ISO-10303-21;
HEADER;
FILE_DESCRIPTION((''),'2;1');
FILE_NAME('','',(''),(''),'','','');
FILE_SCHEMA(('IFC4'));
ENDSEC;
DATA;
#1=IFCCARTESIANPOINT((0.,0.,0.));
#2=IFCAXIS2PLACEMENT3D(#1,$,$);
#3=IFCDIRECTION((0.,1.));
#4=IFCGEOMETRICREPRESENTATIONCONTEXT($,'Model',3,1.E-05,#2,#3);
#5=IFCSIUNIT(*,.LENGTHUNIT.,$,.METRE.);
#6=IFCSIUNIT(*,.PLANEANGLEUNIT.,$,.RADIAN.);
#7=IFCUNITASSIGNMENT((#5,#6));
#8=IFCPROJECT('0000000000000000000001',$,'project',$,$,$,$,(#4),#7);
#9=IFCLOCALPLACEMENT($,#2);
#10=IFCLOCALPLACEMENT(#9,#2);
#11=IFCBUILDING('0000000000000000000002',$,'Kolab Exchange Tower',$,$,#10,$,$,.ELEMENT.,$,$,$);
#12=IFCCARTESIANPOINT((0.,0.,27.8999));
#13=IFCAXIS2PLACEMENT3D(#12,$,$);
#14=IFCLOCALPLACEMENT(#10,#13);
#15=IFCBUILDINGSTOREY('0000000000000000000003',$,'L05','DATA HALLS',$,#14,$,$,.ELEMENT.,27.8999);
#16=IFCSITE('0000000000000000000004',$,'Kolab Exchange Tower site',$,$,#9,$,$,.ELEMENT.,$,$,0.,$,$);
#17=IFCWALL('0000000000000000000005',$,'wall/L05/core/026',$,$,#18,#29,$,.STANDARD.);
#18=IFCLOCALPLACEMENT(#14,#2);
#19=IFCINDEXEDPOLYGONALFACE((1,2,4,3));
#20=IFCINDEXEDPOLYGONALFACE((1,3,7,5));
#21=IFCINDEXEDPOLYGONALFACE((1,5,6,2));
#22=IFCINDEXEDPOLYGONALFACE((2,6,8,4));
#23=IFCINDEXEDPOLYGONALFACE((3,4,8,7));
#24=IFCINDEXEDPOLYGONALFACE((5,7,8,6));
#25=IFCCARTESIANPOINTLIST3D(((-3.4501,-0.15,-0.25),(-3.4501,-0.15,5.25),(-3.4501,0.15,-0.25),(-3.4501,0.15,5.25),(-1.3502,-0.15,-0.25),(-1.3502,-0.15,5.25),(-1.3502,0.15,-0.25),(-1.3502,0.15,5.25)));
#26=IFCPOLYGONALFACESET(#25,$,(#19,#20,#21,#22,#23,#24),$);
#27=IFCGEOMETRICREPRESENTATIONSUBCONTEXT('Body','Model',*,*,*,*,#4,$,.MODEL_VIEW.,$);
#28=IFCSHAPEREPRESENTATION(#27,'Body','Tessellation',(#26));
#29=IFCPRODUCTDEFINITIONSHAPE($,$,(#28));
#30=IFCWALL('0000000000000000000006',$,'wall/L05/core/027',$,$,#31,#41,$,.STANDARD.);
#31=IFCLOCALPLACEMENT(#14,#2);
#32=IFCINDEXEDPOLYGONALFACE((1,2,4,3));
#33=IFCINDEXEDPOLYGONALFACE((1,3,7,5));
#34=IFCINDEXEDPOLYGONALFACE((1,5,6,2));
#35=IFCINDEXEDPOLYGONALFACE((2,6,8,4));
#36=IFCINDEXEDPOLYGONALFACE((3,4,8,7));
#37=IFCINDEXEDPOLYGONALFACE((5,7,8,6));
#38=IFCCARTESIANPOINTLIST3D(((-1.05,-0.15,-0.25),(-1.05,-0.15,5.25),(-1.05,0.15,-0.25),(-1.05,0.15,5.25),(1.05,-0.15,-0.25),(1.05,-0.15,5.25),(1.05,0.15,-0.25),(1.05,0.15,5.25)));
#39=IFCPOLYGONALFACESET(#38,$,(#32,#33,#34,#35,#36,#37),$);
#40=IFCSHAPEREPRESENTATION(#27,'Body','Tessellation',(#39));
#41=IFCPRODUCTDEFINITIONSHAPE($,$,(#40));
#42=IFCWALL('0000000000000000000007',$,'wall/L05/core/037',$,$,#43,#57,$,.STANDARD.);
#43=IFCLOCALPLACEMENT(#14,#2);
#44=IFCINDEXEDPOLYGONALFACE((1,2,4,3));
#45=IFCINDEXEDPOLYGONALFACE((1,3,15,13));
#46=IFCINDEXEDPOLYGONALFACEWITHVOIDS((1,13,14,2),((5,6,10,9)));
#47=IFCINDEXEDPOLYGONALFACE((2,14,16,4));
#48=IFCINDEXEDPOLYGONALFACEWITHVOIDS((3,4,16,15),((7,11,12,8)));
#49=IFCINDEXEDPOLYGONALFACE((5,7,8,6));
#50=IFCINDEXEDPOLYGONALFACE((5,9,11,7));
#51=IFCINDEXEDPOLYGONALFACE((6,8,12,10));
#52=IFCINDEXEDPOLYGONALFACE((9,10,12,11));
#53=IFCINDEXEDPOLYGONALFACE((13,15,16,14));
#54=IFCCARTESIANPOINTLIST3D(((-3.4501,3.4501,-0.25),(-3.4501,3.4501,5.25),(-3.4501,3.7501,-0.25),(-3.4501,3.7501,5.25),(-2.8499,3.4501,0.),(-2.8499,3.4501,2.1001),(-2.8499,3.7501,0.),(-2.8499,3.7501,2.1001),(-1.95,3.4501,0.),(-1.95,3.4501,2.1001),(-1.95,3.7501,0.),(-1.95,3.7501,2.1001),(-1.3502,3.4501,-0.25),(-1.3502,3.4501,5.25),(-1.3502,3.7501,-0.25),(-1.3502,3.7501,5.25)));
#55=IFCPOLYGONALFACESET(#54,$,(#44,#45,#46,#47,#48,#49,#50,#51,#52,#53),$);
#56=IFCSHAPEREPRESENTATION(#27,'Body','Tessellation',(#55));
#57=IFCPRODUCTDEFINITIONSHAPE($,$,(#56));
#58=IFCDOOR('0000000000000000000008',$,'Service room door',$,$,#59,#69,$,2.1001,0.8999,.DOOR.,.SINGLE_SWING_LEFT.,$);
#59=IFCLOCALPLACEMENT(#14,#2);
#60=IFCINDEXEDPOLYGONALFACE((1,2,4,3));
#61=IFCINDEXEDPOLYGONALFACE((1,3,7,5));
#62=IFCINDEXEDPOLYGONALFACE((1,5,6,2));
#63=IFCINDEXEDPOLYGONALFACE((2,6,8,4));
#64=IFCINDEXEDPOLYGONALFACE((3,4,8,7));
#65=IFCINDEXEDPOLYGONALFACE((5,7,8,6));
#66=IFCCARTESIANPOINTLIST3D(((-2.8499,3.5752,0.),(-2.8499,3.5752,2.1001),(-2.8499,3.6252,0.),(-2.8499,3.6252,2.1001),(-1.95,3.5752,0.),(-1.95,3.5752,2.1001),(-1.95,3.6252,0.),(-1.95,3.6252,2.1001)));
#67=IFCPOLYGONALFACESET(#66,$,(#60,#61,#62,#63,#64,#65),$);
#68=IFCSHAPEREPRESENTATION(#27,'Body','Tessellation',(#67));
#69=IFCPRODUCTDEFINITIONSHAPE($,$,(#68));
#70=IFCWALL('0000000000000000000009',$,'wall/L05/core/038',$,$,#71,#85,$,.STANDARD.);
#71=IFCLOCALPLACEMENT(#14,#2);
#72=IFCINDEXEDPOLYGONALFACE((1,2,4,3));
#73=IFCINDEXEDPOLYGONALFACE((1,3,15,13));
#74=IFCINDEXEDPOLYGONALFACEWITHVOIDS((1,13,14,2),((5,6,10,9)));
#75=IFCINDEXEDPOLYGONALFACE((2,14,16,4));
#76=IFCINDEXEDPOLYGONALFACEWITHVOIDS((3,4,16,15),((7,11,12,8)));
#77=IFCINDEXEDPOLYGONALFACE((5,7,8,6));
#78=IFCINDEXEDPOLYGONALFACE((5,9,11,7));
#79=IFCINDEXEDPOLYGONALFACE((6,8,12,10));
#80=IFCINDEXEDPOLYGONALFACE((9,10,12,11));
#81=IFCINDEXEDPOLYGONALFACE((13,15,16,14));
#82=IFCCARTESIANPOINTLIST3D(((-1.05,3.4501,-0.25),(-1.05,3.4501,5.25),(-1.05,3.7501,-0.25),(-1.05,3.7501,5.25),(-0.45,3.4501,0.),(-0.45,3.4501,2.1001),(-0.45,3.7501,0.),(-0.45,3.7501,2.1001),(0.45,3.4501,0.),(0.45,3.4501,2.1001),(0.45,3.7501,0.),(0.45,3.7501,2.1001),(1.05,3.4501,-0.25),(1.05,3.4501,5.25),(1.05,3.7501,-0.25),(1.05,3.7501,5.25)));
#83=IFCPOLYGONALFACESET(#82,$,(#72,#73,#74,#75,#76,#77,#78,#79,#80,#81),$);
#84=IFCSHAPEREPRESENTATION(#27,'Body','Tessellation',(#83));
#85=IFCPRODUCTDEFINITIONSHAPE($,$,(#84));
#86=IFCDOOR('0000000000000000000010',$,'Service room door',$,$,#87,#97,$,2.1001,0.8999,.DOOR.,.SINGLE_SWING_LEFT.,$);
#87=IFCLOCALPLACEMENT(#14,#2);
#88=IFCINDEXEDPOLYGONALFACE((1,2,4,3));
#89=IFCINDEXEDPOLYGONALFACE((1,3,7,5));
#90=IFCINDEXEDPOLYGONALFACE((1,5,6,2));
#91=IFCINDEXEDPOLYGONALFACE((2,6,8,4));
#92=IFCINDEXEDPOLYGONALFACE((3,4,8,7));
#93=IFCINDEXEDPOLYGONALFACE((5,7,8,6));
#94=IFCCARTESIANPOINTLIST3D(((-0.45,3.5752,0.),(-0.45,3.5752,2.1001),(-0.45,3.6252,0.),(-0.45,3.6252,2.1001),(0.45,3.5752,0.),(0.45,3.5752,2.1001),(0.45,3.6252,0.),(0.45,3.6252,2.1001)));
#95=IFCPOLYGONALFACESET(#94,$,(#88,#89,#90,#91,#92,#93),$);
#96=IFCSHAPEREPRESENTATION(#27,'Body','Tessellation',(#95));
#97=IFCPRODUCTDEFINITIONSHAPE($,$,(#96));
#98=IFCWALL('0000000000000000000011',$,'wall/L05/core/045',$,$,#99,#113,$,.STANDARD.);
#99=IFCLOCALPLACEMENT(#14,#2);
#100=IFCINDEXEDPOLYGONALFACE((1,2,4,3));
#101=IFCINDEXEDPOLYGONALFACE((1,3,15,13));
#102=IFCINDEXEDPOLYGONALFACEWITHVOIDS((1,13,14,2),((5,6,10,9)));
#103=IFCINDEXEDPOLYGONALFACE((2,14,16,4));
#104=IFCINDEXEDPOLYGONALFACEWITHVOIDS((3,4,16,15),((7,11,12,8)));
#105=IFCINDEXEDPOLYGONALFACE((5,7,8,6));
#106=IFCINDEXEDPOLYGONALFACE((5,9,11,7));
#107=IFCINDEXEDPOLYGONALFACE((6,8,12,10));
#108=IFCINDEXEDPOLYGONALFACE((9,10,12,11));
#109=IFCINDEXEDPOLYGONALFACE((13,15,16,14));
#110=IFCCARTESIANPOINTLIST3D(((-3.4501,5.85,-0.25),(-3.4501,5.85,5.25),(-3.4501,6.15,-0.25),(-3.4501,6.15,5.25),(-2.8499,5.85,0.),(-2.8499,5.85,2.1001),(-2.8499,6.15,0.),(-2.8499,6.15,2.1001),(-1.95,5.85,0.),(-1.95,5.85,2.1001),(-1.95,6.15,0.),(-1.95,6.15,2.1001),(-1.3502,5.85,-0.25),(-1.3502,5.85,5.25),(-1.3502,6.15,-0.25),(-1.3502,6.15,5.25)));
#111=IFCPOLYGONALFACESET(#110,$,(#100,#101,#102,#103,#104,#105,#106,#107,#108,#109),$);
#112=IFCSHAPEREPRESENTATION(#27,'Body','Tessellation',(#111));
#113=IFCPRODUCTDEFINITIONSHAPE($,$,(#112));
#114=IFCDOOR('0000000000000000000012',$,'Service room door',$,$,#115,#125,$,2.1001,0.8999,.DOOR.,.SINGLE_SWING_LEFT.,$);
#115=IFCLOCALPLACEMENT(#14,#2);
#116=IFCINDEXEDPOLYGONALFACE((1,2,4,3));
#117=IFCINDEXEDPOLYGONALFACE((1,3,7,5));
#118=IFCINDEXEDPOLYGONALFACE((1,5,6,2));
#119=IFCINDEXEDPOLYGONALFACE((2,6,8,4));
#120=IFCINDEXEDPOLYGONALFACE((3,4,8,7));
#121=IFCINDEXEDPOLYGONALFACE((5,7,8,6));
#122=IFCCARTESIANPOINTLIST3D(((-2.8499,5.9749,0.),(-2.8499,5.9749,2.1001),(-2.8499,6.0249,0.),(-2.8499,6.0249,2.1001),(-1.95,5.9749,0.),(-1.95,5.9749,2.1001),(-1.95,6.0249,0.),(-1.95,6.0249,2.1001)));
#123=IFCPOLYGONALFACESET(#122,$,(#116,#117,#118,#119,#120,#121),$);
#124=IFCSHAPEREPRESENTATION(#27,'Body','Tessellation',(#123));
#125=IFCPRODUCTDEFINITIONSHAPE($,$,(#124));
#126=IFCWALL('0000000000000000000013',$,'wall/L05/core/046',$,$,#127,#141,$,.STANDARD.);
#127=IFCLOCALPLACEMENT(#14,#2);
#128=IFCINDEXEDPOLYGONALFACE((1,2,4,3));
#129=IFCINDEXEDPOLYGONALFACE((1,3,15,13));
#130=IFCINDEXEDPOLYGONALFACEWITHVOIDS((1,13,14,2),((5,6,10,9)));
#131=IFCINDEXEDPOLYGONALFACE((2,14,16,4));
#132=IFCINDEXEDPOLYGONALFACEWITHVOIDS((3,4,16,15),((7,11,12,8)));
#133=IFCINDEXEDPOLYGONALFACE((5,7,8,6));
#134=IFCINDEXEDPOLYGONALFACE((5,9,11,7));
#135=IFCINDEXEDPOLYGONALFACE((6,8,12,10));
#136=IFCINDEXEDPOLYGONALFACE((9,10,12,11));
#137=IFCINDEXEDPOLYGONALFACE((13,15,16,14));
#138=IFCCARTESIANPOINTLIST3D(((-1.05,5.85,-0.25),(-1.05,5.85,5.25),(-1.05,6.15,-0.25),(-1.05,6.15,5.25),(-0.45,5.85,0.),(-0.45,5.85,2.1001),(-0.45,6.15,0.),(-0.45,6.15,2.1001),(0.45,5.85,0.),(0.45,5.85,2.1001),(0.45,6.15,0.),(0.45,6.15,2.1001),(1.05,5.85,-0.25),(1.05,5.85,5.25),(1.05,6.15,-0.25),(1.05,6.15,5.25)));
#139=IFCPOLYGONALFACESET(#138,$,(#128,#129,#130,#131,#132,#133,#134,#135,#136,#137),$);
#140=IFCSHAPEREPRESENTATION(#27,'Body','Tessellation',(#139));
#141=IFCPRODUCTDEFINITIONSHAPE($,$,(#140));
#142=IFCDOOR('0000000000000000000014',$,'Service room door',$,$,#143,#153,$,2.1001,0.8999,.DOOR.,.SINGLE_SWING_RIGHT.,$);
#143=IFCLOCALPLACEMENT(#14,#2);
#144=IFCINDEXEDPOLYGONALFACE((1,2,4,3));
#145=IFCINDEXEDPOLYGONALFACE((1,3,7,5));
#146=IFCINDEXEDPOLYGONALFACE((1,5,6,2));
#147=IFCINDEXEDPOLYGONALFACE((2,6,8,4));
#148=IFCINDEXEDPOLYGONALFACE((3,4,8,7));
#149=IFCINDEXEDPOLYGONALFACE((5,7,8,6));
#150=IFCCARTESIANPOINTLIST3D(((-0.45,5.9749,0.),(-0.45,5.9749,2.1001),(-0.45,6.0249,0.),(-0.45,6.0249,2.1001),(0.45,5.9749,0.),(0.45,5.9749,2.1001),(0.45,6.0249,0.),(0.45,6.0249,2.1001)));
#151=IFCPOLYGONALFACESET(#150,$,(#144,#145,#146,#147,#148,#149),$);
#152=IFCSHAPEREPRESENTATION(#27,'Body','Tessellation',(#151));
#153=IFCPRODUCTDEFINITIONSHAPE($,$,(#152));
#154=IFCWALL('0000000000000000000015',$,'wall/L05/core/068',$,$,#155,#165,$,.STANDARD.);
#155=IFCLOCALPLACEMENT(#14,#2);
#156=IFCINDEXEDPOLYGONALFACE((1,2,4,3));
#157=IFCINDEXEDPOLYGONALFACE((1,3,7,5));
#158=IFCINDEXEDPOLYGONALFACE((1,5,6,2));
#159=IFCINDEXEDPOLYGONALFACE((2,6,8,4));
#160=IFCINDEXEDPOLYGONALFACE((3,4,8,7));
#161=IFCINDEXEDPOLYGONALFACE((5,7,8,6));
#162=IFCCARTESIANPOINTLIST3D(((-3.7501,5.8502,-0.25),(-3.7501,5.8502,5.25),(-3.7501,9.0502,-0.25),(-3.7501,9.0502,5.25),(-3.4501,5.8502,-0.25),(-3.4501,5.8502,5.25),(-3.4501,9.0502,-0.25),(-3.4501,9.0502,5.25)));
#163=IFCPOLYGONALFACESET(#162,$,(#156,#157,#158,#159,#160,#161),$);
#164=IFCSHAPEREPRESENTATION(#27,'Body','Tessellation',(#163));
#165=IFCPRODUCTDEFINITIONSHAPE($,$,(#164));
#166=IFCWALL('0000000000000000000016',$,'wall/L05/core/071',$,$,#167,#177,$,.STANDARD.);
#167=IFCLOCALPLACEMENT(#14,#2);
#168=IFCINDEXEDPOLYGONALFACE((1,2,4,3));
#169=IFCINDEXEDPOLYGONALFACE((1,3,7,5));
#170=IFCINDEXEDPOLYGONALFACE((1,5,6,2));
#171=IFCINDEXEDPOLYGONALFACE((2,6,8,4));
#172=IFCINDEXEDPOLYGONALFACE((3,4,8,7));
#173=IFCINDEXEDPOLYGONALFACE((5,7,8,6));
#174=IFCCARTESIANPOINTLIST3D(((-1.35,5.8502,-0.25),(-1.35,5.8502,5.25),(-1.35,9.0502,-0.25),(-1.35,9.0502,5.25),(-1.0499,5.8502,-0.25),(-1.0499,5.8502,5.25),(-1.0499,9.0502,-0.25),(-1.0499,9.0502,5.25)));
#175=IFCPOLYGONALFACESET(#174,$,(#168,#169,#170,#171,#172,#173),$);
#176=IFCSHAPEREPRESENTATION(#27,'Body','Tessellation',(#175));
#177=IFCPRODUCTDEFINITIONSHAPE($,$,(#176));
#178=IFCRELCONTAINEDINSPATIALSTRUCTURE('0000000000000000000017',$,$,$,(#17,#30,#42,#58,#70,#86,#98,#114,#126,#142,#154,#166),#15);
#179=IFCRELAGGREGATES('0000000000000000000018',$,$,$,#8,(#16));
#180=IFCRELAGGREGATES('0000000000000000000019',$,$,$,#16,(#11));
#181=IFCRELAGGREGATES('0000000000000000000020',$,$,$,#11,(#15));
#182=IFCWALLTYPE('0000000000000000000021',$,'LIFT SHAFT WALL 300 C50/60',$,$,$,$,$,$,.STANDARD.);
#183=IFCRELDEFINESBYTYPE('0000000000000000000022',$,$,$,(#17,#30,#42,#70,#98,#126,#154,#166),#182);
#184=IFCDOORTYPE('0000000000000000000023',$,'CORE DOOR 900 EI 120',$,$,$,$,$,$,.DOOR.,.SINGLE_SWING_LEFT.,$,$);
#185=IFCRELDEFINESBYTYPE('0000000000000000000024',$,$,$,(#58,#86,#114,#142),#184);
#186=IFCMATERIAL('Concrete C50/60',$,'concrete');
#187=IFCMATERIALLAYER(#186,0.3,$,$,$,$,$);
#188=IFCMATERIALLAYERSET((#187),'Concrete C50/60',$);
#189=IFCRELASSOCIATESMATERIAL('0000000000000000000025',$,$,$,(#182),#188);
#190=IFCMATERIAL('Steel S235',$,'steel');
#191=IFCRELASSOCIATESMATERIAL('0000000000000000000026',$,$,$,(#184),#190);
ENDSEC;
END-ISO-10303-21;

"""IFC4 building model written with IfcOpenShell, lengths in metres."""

from ifc_helpers import new_model, si_unit, direction, frame, frame_2d, origin, place, context, subcontext, project, spatial, rectangle, extrude, material, layer, layer_set, type_object, element, fill, save


model = new_model("IFC4")

# Units and contexts
model_context = context("Model", 3, precision=1e-05, world=origin(), true_north=direction((0.0, 1.0)))
body_context = subcontext(model_context, "Body", "Model", "MODEL_VIEW")
ifc_project = project(units=[si_unit("LENGTHUNIT", "METRE"), si_unit("PLANEANGLEUNIT", "RADIAN")], contexts=[model_context])

# Site, building, storey
site_placement = place(None, origin())
site = spatial("IfcSite", under=ifc_project, at=site_placement, Name="Kolab Exchange Tower site", CompositionType="ELEMENT", RefElevation=0.0)
building_placement = place(site_placement, origin())
building = spatial("IfcBuilding", under=site, at=building_placement, Name="Kolab Exchange Tower", CompositionType="ELEMENT")
storey_placement = place(building_placement, frame((0.0, 0.0, 27.8999)))
storey = spatial("IfcBuildingStorey", under=building, at=storey_placement, Name="L05", Description="DATA HALLS", CompositionType="ELEMENT", Elevation=27.8999)

# Walls
ifc_material_1 = material(Name="Concrete C50/60", Category="concrete")
ifc_layer_1 = layer(ifc_material_1, 0.3)
ifc_layer_set_1 = layer_set([ifc_layer_1], Name="Concrete C50/60")
wall_type_1 = type_object("IfcWallType", Name="LIFT SHAFT WALL 300 C50/60", PredefinedType="STANDARD", material=ifc_layer_set_1)
wall_1_placement = place(storey_placement, frame((-3.45, 0.0, -0.25), z_axis=(0.0, 0.0, 1.0), x_axis=(1.0, 0.0, 0.0)))
element("IfcWall", 1, at=wall_1_placement, inside=storey, type_object=wall_type_1, Name="wall/L05/core/026", PredefinedType="STANDARD", context=body_context, shape_type="SweptSolid", body=[
    extrude(rectangle(XDim=2.0999, YDim=0.3, at=frame_2d((1.0498, 0.0))), origin(), (0.0, 0.0, 1.0), 5.5),
])
wall_2_placement = place(storey_placement, frame((-1.05, 0.0, -0.25), z_axis=(0.0, 0.0, 1.0), x_axis=(1.0, 0.0, 0.0)))
element("IfcWall", 2, at=wall_2_placement, inside=storey, type_object=wall_type_1, Name="wall/L05/core/027", PredefinedType="STANDARD", context=body_context, shape_type="SweptSolid", body=[
    extrude(rectangle(XDim=2.1001, YDim=0.3, at=frame_2d((1.05, 0.0))), origin(), (0.0, 0.0, 1.0), 5.5),
])

# Walls, openings, doors
wall_3_placement = place(storey_placement, frame((-3.45, 3.6001, -0.25), z_axis=(0.0, 0.0, 1.0), x_axis=(1.0, 0.0, 0.0)))
wall_3 = element("IfcWall", 3, at=wall_3_placement, inside=storey, type_object=wall_type_1, Name="wall/L05/core/037", PredefinedType="STANDARD", context=body_context, shape_type="SweptSolid", body=[
    extrude(rectangle(XDim=2.0999, YDim=0.3, at=frame_2d((1.0498, 0.0))), origin(), (0.0, 0.0, 1.0), 5.5),
])
opening_1_placement = place(wall_3_placement, frame((0.6001, 0.0, 0.25)))
opening_1 = element("IfcOpeningElement", 4, at=opening_1_placement, cuts=wall_3, PredefinedType="OPENING", context=body_context, shape_type="SweptSolid", body=[
    extrude(rectangle(XDim=0.8999, YDim=2.1001, at=frame_2d((0.45, 1.05))), frame((0.0, 0.1602, 0.0), z_axis=(0.0, -1.0, 0.0), x_axis=(1.0, 0.0, 0.0)), (0.0, 0.0, 1.0), 0.3201),
])
ifc_material_2 = material(Name="Steel S235", Category="steel")
door_type = type_object("IfcDoorType", Name="CORE DOOR 900 EI 120", OperationType="SINGLE_SWING_LEFT", PredefinedType="DOOR", material=ifc_material_2)
door_1_placement = place(opening_1_placement, frame((0.8999, 0.0, 0.0), z_axis=(0.0, 0.0, 1.0), x_axis=(-1.0, 0.0, 0.0)))
door_1 = element("IfcDoor", 5, at=door_1_placement, inside=storey, type_object=door_type, Name="Service room door", OperationType="SINGLE_SWING_LEFT", OverallHeight=2.1001, OverallWidth=0.8999, PredefinedType="DOOR", context=body_context, shape_type="SweptSolid", body=[
    extrude(rectangle(XDim=0.8999, YDim=2.1001, at=frame_2d((0.45, 1.05))), frame((0.0, 0.0249, 0.0), z_axis=(0.0, -1.0, 0.0), x_axis=(1.0, 0.0, 0.0)), (0.0, 0.0, 1.0), 0.05),
])
fill(opening_1, door_1)
wall_4_placement = place(storey_placement, frame((-1.05, 3.6001, -0.25), z_axis=(0.0, 0.0, 1.0), x_axis=(1.0, 0.0, 0.0)))
wall_4 = element("IfcWall", 6, at=wall_4_placement, inside=storey, type_object=wall_type_1, Name="wall/L05/core/038", PredefinedType="STANDARD", context=body_context, shape_type="SweptSolid", body=[
    extrude(rectangle(XDim=2.1001, YDim=0.3, at=frame_2d((1.05, 0.0))), origin(), (0.0, 0.0, 1.0), 5.5),
])
opening_2_placement = place(wall_4_placement, frame((0.6001, 0.0, 0.25)))
opening_2 = element("IfcOpeningElement", 7, at=opening_2_placement, cuts=wall_4, PredefinedType="OPENING", context=body_context, shape_type="SweptSolid", body=[
    extrude(rectangle(XDim=0.8999, YDim=2.1001, at=frame_2d((0.45, 1.05))), frame((0.0, 0.1602, 0.0), z_axis=(0.0, -1.0, 0.0), x_axis=(1.0, 0.0, 0.0)), (0.0, 0.0, 1.0), 0.3201),
])
door_2_placement = place(opening_2_placement, frame((0.8999, 0.0, 0.0), z_axis=(0.0, 0.0, 1.0), x_axis=(-1.0, 0.0, 0.0)))
door_2 = element("IfcDoor", 8, at=door_2_placement, inside=storey, type_object=door_type, Name="Service room door", OperationType="SINGLE_SWING_LEFT", OverallHeight=2.1001, OverallWidth=0.8999, PredefinedType="DOOR", context=body_context, shape_type="SweptSolid", body=[
    extrude(rectangle(XDim=0.8999, YDim=2.1001, at=frame_2d((0.45, 1.05))), frame((0.0, 0.0249, 0.0), z_axis=(0.0, -1.0, 0.0), x_axis=(1.0, 0.0, 0.0)), (0.0, 0.0, 1.0), 0.05),
])
fill(opening_2, door_2)
wall_5_placement = place(storey_placement, frame((-3.45, 6.0, -0.25), z_axis=(0.0, 0.0, 1.0), x_axis=(1.0, 0.0, 0.0)))
wall_5 = element("IfcWall", 9, at=wall_5_placement, inside=storey, type_object=wall_type_1, Name="wall/L05/core/045", PredefinedType="STANDARD", context=body_context, shape_type="SweptSolid", body=[
    extrude(rectangle(XDim=2.0999, YDim=0.3, at=frame_2d((1.0498, 0.0))), origin(), (0.0, 0.0, 1.0), 5.5),
])
opening_3_placement = place(wall_5_placement, frame((0.6001, 0.0, 0.25)))
opening_3 = element("IfcOpeningElement", 10, at=opening_3_placement, cuts=wall_5, PredefinedType="OPENING", context=body_context, shape_type="SweptSolid", body=[
    extrude(rectangle(XDim=0.8999, YDim=2.1001, at=frame_2d((0.45, 1.05))), frame((0.0, 0.1602, 0.0), z_axis=(0.0, -1.0, 0.0), x_axis=(1.0, 0.0, 0.0)), (0.0, 0.0, 1.0), 0.3201),
])
door_3_placement = place(opening_3_placement, origin())
door_3 = element("IfcDoor", 11, at=door_3_placement, inside=storey, type_object=door_type, Name="Service room door", OperationType="SINGLE_SWING_LEFT", OverallHeight=2.1001, OverallWidth=0.8999, PredefinedType="DOOR", context=body_context, shape_type="SweptSolid", body=[
    extrude(rectangle(XDim=0.8999, YDim=2.1001, at=frame_2d((0.45, 1.05))), frame((0.0, 0.0249, 0.0), z_axis=(0.0, -1.0, 0.0), x_axis=(1.0, 0.0, 0.0)), (0.0, 0.0, 1.0), 0.05),
])
fill(opening_3, door_3)
wall_6_placement = place(storey_placement, frame((-1.05, 6.0, -0.25), z_axis=(0.0, 0.0, 1.0), x_axis=(1.0, 0.0, 0.0)))
wall_6 = element("IfcWall", 12, at=wall_6_placement, inside=storey, type_object=wall_type_1, Name="wall/L05/core/046", PredefinedType="STANDARD", context=body_context, shape_type="SweptSolid", body=[
    extrude(rectangle(XDim=2.1001, YDim=0.3, at=frame_2d((1.05, 0.0))), origin(), (0.0, 0.0, 1.0), 5.5),
])
opening_4_placement = place(wall_6_placement, frame((0.6001, 0.0, 0.25)))
opening_4 = element("IfcOpeningElement", 13, at=opening_4_placement, cuts=wall_6, PredefinedType="OPENING", context=body_context, shape_type="SweptSolid", body=[
    extrude(rectangle(XDim=0.8999, YDim=2.1001, at=frame_2d((0.45, 1.05))), frame((0.0, 0.1602, 0.0), z_axis=(0.0, -1.0, 0.0), x_axis=(1.0, 0.0, 0.0)), (0.0, 0.0, 1.0), 0.3201),
])
door_4_placement = place(opening_4_placement, origin())
door_4 = element("IfcDoor", 14, at=door_4_placement, inside=storey, type_object=door_type, Name="Service room door", OperationType="SINGLE_SWING_RIGHT", OverallHeight=2.1001, OverallWidth=0.8999, PredefinedType="DOOR", context=body_context, shape_type="SweptSolid", body=[
    extrude(rectangle(XDim=0.8999, YDim=2.1001, at=frame_2d((0.45, 1.05))), frame((0.0, 0.0249, 0.0), z_axis=(0.0, -1.0, 0.0), x_axis=(1.0, 0.0, 0.0)), (0.0, 0.0, 1.0), 0.05),
])
fill(opening_4, door_4)

# Walls
for number, where, z_axis, x_axis, name in (
    (15, (-3.6001, 5.8501, -0.25), (0.0, 0.0, 1.0), (0.0, 1.0, 0.0), "wall/L05/core/068"),
    (16, (-1.2, 5.8501, -0.25), (0.0, 0.0, 1.0), (0.0, 1.0, 0.0), "wall/L05/core/071"),
):
    element("IfcWall", number, at=place(storey_placement, frame(where, z_axis=z_axis, x_axis=x_axis)), inside=storey, type_object=wall_type_1, Name=name, PredefinedType="STANDARD", context=body_context, shape_type="SweptSolid", body=[
        extrude(rectangle(XDim=3.2, YDim=0.3, at=frame_2d((1.6001, 0.0))), origin(), (0.0, 0.0, 1.0), 5.5),
    ])

save(model, "model.ifc")
